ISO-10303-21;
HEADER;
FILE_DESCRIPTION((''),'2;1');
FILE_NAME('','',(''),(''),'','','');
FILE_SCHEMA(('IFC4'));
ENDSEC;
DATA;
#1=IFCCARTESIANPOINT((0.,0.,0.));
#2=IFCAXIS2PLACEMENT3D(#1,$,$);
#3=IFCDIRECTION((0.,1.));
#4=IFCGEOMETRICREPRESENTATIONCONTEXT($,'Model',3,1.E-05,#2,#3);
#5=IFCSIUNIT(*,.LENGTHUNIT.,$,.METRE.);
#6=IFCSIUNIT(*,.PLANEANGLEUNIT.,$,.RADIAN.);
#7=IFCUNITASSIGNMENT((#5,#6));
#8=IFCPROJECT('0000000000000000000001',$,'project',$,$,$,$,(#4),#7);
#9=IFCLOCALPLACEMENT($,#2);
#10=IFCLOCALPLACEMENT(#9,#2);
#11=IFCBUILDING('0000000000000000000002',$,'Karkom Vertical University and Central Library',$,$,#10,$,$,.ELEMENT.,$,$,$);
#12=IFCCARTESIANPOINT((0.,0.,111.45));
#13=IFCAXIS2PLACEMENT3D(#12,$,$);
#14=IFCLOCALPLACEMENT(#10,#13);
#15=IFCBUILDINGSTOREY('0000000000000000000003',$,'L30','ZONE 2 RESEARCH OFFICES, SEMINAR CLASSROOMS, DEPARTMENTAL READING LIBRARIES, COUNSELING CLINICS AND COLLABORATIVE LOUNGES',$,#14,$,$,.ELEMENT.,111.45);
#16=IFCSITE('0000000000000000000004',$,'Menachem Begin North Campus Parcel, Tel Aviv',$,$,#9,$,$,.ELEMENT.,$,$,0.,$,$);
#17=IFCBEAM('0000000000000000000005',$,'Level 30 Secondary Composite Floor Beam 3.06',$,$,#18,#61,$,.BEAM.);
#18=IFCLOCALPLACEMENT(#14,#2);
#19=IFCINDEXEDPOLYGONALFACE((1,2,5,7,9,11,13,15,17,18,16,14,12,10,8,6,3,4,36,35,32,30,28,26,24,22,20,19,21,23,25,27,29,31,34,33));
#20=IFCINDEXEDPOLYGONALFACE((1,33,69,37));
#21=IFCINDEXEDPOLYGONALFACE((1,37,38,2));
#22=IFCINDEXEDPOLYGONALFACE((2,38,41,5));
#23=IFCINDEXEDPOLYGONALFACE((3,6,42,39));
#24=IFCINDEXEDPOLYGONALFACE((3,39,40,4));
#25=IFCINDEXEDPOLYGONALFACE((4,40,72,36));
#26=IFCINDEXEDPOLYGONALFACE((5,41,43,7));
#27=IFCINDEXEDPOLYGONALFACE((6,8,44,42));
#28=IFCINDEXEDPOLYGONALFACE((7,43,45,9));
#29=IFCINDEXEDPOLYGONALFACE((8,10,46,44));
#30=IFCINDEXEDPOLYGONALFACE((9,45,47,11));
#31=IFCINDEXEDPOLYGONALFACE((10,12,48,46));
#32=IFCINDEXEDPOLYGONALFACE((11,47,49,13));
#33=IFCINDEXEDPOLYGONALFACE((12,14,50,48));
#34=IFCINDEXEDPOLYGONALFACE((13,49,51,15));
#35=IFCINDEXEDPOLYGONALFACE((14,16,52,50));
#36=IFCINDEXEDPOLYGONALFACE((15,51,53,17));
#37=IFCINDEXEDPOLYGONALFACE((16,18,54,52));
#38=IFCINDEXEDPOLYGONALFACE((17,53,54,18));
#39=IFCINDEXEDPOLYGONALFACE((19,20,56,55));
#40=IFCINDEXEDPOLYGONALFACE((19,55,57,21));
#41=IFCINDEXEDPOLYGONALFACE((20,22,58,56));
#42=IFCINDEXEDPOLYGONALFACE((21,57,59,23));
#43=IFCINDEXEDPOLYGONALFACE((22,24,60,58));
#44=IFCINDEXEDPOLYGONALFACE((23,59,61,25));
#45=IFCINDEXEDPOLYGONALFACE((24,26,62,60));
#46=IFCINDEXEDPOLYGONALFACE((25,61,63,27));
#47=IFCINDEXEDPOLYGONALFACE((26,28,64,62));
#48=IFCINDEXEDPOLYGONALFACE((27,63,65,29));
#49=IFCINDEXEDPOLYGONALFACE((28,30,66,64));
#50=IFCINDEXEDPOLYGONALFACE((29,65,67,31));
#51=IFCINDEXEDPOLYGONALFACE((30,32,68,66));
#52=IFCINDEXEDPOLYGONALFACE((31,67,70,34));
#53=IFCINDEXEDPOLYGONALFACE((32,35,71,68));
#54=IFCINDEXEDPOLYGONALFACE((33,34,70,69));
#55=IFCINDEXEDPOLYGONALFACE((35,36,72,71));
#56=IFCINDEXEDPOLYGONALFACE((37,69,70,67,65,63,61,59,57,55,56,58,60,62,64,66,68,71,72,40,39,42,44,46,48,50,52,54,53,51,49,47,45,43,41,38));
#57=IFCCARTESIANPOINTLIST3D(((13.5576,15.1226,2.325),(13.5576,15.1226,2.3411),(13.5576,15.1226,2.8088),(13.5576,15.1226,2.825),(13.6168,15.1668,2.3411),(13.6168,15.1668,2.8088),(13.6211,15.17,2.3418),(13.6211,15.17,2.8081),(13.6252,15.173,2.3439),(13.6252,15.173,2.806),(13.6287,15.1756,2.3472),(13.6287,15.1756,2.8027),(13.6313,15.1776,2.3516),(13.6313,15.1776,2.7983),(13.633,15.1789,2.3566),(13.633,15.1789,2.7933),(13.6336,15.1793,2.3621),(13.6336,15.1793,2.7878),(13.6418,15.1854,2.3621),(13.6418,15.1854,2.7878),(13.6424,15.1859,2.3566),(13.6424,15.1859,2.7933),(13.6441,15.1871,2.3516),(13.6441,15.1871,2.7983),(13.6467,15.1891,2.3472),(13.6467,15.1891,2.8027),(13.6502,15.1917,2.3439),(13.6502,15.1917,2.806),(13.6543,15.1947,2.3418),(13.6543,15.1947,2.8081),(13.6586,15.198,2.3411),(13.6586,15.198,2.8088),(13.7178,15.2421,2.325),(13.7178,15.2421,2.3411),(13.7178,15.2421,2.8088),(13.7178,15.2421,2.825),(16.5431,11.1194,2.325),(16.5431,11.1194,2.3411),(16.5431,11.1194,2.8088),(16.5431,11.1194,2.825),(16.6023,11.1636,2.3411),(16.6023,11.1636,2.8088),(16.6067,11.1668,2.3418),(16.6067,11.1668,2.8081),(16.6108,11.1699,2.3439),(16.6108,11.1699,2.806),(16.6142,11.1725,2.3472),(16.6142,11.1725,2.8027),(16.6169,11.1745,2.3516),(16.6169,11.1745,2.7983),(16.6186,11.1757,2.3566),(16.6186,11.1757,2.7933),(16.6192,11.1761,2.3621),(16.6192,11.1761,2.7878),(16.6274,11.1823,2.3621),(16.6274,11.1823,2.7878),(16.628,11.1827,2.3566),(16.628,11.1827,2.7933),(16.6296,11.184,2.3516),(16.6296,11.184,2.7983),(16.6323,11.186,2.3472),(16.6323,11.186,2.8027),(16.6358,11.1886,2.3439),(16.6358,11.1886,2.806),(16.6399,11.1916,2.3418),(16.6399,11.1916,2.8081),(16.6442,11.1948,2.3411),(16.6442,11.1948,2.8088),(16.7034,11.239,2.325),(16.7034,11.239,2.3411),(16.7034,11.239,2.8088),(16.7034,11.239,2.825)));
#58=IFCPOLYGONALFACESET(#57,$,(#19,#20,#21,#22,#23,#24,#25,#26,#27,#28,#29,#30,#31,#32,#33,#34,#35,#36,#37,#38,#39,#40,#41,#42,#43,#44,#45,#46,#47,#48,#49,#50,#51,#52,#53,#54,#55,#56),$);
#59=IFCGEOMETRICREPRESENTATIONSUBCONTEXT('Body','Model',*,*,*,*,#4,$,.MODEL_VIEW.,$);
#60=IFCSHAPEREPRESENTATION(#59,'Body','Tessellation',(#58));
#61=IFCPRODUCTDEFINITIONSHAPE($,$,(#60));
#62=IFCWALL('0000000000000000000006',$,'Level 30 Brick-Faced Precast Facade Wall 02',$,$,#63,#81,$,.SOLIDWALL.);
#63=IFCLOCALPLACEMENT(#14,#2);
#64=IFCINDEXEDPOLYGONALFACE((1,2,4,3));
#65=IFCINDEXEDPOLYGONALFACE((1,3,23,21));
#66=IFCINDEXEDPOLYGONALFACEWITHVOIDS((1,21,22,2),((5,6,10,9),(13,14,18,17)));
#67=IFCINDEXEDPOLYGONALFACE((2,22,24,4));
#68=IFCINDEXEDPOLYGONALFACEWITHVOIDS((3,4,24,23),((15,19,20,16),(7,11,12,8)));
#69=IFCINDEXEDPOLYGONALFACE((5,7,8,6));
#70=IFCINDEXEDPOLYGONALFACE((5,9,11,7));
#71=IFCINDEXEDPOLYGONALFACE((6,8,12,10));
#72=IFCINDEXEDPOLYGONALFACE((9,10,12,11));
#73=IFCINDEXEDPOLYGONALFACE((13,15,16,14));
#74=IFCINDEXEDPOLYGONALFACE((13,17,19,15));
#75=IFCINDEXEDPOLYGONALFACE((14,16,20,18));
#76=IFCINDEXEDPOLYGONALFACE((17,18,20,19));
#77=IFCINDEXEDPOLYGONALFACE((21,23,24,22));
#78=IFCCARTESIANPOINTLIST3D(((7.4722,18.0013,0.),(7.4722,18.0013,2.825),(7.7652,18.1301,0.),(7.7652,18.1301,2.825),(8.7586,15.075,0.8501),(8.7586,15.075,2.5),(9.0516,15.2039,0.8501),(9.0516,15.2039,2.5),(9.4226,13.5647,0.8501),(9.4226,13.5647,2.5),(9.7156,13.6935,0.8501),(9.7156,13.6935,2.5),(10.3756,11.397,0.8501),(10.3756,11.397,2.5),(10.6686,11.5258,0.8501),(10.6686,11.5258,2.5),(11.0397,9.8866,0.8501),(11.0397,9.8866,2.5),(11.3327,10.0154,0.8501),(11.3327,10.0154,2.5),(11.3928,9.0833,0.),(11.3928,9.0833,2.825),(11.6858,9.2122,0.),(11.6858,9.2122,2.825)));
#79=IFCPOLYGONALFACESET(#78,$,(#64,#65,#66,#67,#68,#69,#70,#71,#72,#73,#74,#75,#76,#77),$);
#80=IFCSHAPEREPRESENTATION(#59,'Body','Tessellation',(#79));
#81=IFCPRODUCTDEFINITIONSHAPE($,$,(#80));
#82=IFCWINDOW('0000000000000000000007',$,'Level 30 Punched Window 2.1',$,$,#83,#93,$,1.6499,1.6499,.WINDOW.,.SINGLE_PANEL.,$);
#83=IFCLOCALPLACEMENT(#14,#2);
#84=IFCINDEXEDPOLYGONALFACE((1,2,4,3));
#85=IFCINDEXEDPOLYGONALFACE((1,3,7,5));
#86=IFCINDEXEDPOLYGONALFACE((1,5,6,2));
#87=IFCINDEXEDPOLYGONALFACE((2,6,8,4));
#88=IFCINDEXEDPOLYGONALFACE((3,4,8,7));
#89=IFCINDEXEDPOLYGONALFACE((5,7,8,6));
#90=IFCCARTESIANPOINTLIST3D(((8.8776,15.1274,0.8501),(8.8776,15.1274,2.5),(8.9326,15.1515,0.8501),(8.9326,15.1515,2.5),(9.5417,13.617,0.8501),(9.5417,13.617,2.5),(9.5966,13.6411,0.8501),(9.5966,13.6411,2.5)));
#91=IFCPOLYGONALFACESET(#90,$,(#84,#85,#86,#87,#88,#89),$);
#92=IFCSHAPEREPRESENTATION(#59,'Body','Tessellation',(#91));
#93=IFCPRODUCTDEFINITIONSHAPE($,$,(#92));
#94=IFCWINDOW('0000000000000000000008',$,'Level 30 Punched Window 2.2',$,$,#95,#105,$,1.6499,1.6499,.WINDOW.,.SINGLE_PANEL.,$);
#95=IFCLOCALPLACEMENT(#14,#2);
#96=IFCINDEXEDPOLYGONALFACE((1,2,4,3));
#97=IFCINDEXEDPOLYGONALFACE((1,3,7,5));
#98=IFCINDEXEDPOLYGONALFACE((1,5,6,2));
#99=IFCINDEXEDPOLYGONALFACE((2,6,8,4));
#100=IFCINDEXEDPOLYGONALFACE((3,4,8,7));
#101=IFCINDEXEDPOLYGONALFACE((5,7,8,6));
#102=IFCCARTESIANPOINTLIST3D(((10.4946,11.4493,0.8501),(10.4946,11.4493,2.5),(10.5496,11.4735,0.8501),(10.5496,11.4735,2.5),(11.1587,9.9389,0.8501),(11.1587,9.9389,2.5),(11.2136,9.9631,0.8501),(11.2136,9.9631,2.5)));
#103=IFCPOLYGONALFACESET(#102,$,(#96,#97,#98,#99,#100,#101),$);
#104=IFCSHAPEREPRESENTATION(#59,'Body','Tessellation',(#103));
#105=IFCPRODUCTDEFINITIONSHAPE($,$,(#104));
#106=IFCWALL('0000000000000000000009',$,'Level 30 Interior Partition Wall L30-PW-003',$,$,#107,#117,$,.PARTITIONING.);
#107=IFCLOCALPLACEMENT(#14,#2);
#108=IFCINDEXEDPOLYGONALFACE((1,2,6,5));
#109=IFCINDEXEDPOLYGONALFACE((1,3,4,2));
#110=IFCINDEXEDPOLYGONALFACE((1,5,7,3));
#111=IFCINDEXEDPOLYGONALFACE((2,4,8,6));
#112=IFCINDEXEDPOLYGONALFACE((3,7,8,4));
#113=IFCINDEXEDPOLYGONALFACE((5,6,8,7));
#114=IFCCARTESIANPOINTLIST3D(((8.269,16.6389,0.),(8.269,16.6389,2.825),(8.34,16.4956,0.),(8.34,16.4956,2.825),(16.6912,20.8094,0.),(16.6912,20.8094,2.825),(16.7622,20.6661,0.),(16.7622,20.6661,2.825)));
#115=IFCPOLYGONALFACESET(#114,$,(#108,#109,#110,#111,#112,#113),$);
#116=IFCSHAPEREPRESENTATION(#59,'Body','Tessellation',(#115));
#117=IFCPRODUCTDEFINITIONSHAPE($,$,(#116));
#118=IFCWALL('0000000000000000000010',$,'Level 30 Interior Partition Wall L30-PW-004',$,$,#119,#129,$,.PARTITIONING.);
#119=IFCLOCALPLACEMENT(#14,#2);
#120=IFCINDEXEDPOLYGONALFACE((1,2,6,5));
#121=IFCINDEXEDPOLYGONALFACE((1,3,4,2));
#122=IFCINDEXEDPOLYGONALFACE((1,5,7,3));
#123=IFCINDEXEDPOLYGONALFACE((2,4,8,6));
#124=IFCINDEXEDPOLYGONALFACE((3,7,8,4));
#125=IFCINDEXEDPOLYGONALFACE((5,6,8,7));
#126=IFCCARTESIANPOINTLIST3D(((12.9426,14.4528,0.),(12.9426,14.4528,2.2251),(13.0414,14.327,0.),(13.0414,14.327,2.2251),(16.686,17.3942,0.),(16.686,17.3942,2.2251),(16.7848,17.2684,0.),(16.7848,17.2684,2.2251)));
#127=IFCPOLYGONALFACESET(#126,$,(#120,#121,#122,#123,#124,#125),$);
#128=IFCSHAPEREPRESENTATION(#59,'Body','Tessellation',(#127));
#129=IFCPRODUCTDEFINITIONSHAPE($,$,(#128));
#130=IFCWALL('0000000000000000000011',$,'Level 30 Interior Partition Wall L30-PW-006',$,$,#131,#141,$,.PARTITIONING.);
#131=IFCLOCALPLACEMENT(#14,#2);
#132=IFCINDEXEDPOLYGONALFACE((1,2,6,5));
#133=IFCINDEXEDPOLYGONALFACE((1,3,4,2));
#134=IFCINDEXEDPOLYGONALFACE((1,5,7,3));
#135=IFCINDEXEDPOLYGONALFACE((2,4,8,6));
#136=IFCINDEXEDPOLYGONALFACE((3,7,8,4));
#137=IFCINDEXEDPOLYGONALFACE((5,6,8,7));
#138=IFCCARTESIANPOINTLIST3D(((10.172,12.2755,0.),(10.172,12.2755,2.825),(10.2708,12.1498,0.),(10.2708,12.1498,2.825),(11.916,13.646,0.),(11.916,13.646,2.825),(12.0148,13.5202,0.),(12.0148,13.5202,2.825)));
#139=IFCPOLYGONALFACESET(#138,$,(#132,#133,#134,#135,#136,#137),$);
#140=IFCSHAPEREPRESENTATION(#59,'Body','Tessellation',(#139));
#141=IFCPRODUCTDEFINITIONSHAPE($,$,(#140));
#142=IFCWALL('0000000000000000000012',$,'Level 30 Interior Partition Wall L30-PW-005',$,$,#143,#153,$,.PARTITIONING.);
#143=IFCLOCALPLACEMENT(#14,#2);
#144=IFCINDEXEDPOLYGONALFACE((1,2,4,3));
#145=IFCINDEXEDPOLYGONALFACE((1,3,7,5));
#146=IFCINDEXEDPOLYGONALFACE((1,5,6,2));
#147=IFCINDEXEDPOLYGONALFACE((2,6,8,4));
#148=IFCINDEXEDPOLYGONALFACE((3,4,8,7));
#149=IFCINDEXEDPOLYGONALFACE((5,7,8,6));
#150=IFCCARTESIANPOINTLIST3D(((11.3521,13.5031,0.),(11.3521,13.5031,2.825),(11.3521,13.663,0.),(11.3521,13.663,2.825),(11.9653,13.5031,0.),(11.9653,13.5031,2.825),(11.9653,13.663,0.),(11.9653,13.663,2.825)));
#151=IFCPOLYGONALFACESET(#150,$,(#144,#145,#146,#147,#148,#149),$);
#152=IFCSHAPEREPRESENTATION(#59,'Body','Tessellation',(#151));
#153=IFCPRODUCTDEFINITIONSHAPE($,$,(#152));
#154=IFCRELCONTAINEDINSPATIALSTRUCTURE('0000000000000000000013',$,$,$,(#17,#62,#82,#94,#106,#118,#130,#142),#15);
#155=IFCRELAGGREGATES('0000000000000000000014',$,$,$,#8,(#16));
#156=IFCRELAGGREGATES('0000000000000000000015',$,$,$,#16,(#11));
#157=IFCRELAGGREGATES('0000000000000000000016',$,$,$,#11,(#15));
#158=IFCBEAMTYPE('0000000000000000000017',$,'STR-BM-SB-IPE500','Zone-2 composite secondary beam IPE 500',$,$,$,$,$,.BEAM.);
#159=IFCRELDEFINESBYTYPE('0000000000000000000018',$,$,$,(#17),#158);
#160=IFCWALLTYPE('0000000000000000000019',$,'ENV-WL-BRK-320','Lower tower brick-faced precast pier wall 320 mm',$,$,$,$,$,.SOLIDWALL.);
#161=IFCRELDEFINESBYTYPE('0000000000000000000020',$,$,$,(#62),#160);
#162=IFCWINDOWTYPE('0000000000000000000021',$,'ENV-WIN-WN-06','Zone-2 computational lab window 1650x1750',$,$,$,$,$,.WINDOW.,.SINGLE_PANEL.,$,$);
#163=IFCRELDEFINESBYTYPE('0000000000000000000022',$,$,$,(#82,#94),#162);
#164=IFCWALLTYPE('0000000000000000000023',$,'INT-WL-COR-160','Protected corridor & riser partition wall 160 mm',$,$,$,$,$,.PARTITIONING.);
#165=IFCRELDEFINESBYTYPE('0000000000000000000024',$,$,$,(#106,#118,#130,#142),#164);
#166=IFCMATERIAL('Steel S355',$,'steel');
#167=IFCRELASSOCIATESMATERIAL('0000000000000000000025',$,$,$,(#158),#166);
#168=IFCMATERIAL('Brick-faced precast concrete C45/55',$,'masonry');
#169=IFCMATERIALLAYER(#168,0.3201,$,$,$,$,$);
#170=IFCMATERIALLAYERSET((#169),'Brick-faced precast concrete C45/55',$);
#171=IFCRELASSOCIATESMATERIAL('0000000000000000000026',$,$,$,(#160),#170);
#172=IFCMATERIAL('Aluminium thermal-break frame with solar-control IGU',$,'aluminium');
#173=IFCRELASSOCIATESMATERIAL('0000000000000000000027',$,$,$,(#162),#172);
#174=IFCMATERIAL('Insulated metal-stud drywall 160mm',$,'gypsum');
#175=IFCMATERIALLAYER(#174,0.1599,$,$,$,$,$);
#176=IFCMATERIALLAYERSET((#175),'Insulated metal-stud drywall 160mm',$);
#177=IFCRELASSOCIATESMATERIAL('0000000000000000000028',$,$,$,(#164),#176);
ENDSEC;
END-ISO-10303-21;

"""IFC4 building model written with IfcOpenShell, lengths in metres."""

from ifc_helpers import new_model, si_unit, direction, frame, frame_2d, origin, origin_with_axes, origin_2d, place, context, subcontext, project, spatial, rectangle, i_section, extrude, source, transform, mapped, material, layer, layer_set, material_profile, profile_set, type_object, element, fill, save


model = new_model("IFC4")

# Units and contexts
model_context = context("Model", 3, precision=1e-05, world=origin(), true_north=direction((0.0, 1.0)))
body_context = subcontext(model_context, "Body", "Model", "MODEL_VIEW")
ifc_project = project(units=[si_unit("LENGTHUNIT", "METRE"), si_unit("PLANEANGLEUNIT", "RADIAN")], contexts=[model_context])

# Site, building, storey
site_placement = place(None, origin())
site = spatial("IfcSite", under=ifc_project, at=site_placement, Name="Menachem Begin North Campus Parcel, Tel Aviv", CompositionType="ELEMENT", RefElevation=0.0)
building_placement = place(site_placement, origin())
building = spatial("IfcBuilding", under=site, at=building_placement, Name="Karkom Vertical University and Central Library", CompositionType="ELEMENT")
storey_placement = place(building_placement, frame((0.0, 0.0, 111.45)))
storey = spatial("IfcBuildingStorey", under=building, at=storey_placement, Name="L30", Description="ZONE 2 RESEARCH OFFICES, SEMINAR CLASSROOMS, DEPARTMENTAL READING LIBRARIES, COUNSELING CLINICS AND COLLABORATIVE LOUNGES", CompositionType="ELEMENT", Elevation=111.45)

# Beam
ifc_material_1 = material(Name="Steel S355", Category="steel")
ifc_material_profile_1 = material_profile(ifc_material_1, i_section(OverallWidth=0.2, OverallDepth=0.5, WebThickness=0.0103, FlangeThickness=0.0161, FilletRadius=0.021, at=origin_2d()), Name="IPE 500")
ifc_profile_set_1 = profile_set([ifc_material_profile_1], Name="Steel S355")
beam_type_1 = type_object("IfcBeamType", Name="STR-BM-SB-IPE500", Description="Zone-2 composite secondary beam IPE 500", PredefinedType="BEAM", material=ifc_profile_set_1)
shared_shape_1 = source(origin_with_axes(), body_context, "Body", "SweptSolid", [
    extrude(i_section(OverallWidth=0.2, OverallDepth=0.5, WebThickness=0.0103, FlangeThickness=0.0161, FilletRadius=0.021, at=origin_2d()), origin(), (0.0, 0.0, 1.0), 4.9939),
])
beam_1_placement = place(storey_placement, frame((13.6377, 15.1824, 2.575), z_axis=(0.597847, -0.80161, 0.0), x_axis=(0.80161, 0.597847, 0.0)))
element("IfcBeam", 1, at=beam_1_placement, inside=storey, type_object=beam_type_1, Name="Level 30 Secondary Composite Floor Beam 3.06", PredefinedType="BEAM", context=body_context, shape_type="MappedRepresentation", body=[
    mapped(shared_shape_1, transform((0.0, 0.0, 0.0), scale=1.0)),
])

# Wall, openings, windows
ifc_material_2 = material(Name="Brick-faced precast concrete C45/55", Category="masonry")
ifc_layer_1 = layer(ifc_material_2, 0.3201)
ifc_layer_set_1 = layer_set([ifc_layer_1], Name="Brick-faced precast concrete C45/55")
wall_type_1 = type_object("IfcWallType", Name="ENV-WL-BRK-320", Description="Lower tower brick-faced precast pier wall 320 mm", PredefinedType="SOLIDWALL", material=ifc_layer_set_1)
wall_1_placement = place(storey_placement, frame((7.6187, 18.0657, 0.0), z_axis=(0.0, 0.0, 1.0), x_axis=(0.402459, -0.915438, 0.0)))
wall_1 = element("IfcWall", 2, at=wall_1_placement, inside=storey, type_object=wall_type_1, Name="Level 30 Brick-Faced Precast Facade Wall 02", PredefinedType="SOLIDWALL", context=body_context, shape_type="SweptSolid", body=[
    extrude(rectangle(XDim=9.7417, YDim=0.3201, at=frame_2d((4.8708, 0.0))), origin(), (0.0, 0.0, 1.0), 2.825),
])
opening_1_placement = place(wall_1_placement, frame((3.1965, 0.0, 0.8501)))
opening_1 = element("IfcOpeningElement", 3, at=opening_1_placement, cuts=wall_1, PredefinedType="OPENING", context=body_context, shape_type="SweptSolid", body=[
    extrude(rectangle(XDim=1.6499, YDim=1.6499, at=frame_2d((0.825, 0.825))), frame((0.0, 0.1699, 0.0), z_axis=(0.0, -1.0, 0.0), x_axis=(1.0, 0.0, 0.0)), (0.0, 0.0, 1.0), 0.3401),
])
opening_2_placement = place(wall_1_placement, frame((7.2144, 0.0, 0.8501)))
opening_2 = element("IfcOpeningElement", 4, at=opening_2_placement, cuts=wall_1, PredefinedType="OPENING", context=body_context, shape_type="SweptSolid", body=[
    extrude(rectangle(XDim=1.6499, YDim=1.6499, at=frame_2d((0.825, 0.825))), frame((0.0, 0.1699, 0.0), z_axis=(0.0, -1.0, 0.0), x_axis=(1.0, 0.0, 0.0)), (0.0, 0.0, 1.0), 0.3401),
])
ifc_material_3 = material(Name="Aluminium thermal-break frame with solar-control IGU", Category="aluminium")
window_type = type_object("IfcWindowType", Name="ENV-WIN-WN-06", Description="Zone-2 computational lab window 1650x1750", PartitioningType="SINGLE_PANEL", PredefinedType="WINDOW", material=ifc_material_3)
shared_shape_2 = source(origin_with_axes(), body_context, "Body", "SweptSolid", [
    extrude(rectangle(XDim=1.6499, YDim=1.6499, at=frame_2d((0.825, 0.825))), frame((0.0, 0.03, 0.0), z_axis=(0.0, -1.0, 0.0), x_axis=(1.0, 0.0, 0.0)), (0.0, 0.0, 1.0), 0.0601),
])
window_1_placement = place(opening_1_placement, origin())
window_1 = element("IfcWindow", 5, at=window_1_placement, inside=storey, type_object=window_type, Name="Level 30 Punched Window 2.1", OverallHeight=1.6499, OverallWidth=1.6499, PartitioningType="SINGLE_PANEL", PredefinedType="WINDOW", context=body_context, shape_type="MappedRepresentation", body=[
    mapped(shared_shape_2, transform((0.0, 0.0, 0.0), scale=1.0)),
])
fill(opening_1, window_1)
window_2_placement = place(opening_2_placement, origin())
window_2 = element("IfcWindow", 6, at=window_2_placement, inside=storey, type_object=window_type, Name="Level 30 Punched Window 2.2", OverallHeight=1.6499, OverallWidth=1.6499, PartitioningType="SINGLE_PANEL", PredefinedType="WINDOW", context=body_context, shape_type="MappedRepresentation", body=[
    mapped(shared_shape_2, transform((0.0, 0.0, 0.0), scale=1.0)),
])
fill(opening_2, window_2)

# Shared definitions
ifc_material_4 = material(Name="Insulated metal-stud drywall 160mm", Category="gypsum")
ifc_layer_2 = layer(ifc_material_4, 0.1599)
ifc_layer_set_2 = layer_set([ifc_layer_2], Name="Insulated metal-stud drywall 160mm")
wall_type_2 = type_object("IfcWallType", Name="INT-WL-COR-160", Description="Protected corridor & riser partition wall 160 mm", PredefinedType="PARTITIONING", material=ifc_layer_set_2)

# Walls
wall_2_placement = place(storey_placement, frame((16.7268, 20.7378, 0.0), z_axis=(0.0, 0.0, 1.0), x_axis=(-0.896151, -0.44375, 0.0)))
element("IfcWall", 7, at=wall_2_placement, inside=storey, type_object=wall_type_2, Name="Level 30 Interior Partition Wall L30-PW-003", PredefinedType="PARTITIONING", context=body_context, shape_type="SweptSolid", body=[
    extrude(rectangle(XDim=9.3982, YDim=0.1599, at=frame_2d((4.6992, 0.0))), origin(), (0.0, 0.0, 1.0), 2.825),
])
wall_3_placement = place(storey_placement, frame((16.7354, 17.3313, 0.0), z_axis=(0.0, 0.0, 1.0), x_axis=(-0.786302, -0.617842, 0.0)))
element("IfcWall", 8, at=wall_3_placement, inside=storey, type_object=wall_type_2, Name="Level 30 Interior Partition Wall L30-PW-004", PredefinedType="PARTITIONING", context=body_context, shape_type="SweptSolid", body=[
    extrude(rectangle(XDim=4.7607, YDim=0.1599, at=frame_2d((2.3804, 0.0))), origin(), (0.0, 0.0, 1.0), 2.2251),
])
wall_4_placement = place(storey_placement, frame((11.9653, 13.583, 0.0), z_axis=(0.0, 0.0, 1.0), x_axis=(-0.786284, -0.617865, 0.0)))
element("IfcWall", 9, at=wall_4_placement, inside=storey, type_object=wall_type_2, Name="Level 30 Interior Partition Wall L30-PW-006", PredefinedType="PARTITIONING", context=body_context, shape_type="SweptSolid", body=[
    extrude(rectangle(XDim=2.218, YDim=0.1599, at=frame_2d((1.1089, 0.0))), origin(), (0.0, 0.0, 1.0), 2.825),
])
wall_5_placement = place(storey_placement, frame((11.3521, 13.583, 0.0), z_axis=(0.0, 0.0, 1.0), x_axis=(1.0, 0.0, 0.0)))
element("IfcWall", 10, at=wall_5_placement, inside=storey, type_object=wall_type_2, Name="Level 30 Interior Partition Wall L30-PW-005", PredefinedType="PARTITIONING", context=body_context, shape_type="SweptSolid", body=[
    extrude(rectangle(XDim=0.6133, YDim=0.1599, at=frame_2d((0.3066, 0.0))), origin(), (0.0, 0.0, 1.0), 2.825),
])

save(model, "model.ifc")
